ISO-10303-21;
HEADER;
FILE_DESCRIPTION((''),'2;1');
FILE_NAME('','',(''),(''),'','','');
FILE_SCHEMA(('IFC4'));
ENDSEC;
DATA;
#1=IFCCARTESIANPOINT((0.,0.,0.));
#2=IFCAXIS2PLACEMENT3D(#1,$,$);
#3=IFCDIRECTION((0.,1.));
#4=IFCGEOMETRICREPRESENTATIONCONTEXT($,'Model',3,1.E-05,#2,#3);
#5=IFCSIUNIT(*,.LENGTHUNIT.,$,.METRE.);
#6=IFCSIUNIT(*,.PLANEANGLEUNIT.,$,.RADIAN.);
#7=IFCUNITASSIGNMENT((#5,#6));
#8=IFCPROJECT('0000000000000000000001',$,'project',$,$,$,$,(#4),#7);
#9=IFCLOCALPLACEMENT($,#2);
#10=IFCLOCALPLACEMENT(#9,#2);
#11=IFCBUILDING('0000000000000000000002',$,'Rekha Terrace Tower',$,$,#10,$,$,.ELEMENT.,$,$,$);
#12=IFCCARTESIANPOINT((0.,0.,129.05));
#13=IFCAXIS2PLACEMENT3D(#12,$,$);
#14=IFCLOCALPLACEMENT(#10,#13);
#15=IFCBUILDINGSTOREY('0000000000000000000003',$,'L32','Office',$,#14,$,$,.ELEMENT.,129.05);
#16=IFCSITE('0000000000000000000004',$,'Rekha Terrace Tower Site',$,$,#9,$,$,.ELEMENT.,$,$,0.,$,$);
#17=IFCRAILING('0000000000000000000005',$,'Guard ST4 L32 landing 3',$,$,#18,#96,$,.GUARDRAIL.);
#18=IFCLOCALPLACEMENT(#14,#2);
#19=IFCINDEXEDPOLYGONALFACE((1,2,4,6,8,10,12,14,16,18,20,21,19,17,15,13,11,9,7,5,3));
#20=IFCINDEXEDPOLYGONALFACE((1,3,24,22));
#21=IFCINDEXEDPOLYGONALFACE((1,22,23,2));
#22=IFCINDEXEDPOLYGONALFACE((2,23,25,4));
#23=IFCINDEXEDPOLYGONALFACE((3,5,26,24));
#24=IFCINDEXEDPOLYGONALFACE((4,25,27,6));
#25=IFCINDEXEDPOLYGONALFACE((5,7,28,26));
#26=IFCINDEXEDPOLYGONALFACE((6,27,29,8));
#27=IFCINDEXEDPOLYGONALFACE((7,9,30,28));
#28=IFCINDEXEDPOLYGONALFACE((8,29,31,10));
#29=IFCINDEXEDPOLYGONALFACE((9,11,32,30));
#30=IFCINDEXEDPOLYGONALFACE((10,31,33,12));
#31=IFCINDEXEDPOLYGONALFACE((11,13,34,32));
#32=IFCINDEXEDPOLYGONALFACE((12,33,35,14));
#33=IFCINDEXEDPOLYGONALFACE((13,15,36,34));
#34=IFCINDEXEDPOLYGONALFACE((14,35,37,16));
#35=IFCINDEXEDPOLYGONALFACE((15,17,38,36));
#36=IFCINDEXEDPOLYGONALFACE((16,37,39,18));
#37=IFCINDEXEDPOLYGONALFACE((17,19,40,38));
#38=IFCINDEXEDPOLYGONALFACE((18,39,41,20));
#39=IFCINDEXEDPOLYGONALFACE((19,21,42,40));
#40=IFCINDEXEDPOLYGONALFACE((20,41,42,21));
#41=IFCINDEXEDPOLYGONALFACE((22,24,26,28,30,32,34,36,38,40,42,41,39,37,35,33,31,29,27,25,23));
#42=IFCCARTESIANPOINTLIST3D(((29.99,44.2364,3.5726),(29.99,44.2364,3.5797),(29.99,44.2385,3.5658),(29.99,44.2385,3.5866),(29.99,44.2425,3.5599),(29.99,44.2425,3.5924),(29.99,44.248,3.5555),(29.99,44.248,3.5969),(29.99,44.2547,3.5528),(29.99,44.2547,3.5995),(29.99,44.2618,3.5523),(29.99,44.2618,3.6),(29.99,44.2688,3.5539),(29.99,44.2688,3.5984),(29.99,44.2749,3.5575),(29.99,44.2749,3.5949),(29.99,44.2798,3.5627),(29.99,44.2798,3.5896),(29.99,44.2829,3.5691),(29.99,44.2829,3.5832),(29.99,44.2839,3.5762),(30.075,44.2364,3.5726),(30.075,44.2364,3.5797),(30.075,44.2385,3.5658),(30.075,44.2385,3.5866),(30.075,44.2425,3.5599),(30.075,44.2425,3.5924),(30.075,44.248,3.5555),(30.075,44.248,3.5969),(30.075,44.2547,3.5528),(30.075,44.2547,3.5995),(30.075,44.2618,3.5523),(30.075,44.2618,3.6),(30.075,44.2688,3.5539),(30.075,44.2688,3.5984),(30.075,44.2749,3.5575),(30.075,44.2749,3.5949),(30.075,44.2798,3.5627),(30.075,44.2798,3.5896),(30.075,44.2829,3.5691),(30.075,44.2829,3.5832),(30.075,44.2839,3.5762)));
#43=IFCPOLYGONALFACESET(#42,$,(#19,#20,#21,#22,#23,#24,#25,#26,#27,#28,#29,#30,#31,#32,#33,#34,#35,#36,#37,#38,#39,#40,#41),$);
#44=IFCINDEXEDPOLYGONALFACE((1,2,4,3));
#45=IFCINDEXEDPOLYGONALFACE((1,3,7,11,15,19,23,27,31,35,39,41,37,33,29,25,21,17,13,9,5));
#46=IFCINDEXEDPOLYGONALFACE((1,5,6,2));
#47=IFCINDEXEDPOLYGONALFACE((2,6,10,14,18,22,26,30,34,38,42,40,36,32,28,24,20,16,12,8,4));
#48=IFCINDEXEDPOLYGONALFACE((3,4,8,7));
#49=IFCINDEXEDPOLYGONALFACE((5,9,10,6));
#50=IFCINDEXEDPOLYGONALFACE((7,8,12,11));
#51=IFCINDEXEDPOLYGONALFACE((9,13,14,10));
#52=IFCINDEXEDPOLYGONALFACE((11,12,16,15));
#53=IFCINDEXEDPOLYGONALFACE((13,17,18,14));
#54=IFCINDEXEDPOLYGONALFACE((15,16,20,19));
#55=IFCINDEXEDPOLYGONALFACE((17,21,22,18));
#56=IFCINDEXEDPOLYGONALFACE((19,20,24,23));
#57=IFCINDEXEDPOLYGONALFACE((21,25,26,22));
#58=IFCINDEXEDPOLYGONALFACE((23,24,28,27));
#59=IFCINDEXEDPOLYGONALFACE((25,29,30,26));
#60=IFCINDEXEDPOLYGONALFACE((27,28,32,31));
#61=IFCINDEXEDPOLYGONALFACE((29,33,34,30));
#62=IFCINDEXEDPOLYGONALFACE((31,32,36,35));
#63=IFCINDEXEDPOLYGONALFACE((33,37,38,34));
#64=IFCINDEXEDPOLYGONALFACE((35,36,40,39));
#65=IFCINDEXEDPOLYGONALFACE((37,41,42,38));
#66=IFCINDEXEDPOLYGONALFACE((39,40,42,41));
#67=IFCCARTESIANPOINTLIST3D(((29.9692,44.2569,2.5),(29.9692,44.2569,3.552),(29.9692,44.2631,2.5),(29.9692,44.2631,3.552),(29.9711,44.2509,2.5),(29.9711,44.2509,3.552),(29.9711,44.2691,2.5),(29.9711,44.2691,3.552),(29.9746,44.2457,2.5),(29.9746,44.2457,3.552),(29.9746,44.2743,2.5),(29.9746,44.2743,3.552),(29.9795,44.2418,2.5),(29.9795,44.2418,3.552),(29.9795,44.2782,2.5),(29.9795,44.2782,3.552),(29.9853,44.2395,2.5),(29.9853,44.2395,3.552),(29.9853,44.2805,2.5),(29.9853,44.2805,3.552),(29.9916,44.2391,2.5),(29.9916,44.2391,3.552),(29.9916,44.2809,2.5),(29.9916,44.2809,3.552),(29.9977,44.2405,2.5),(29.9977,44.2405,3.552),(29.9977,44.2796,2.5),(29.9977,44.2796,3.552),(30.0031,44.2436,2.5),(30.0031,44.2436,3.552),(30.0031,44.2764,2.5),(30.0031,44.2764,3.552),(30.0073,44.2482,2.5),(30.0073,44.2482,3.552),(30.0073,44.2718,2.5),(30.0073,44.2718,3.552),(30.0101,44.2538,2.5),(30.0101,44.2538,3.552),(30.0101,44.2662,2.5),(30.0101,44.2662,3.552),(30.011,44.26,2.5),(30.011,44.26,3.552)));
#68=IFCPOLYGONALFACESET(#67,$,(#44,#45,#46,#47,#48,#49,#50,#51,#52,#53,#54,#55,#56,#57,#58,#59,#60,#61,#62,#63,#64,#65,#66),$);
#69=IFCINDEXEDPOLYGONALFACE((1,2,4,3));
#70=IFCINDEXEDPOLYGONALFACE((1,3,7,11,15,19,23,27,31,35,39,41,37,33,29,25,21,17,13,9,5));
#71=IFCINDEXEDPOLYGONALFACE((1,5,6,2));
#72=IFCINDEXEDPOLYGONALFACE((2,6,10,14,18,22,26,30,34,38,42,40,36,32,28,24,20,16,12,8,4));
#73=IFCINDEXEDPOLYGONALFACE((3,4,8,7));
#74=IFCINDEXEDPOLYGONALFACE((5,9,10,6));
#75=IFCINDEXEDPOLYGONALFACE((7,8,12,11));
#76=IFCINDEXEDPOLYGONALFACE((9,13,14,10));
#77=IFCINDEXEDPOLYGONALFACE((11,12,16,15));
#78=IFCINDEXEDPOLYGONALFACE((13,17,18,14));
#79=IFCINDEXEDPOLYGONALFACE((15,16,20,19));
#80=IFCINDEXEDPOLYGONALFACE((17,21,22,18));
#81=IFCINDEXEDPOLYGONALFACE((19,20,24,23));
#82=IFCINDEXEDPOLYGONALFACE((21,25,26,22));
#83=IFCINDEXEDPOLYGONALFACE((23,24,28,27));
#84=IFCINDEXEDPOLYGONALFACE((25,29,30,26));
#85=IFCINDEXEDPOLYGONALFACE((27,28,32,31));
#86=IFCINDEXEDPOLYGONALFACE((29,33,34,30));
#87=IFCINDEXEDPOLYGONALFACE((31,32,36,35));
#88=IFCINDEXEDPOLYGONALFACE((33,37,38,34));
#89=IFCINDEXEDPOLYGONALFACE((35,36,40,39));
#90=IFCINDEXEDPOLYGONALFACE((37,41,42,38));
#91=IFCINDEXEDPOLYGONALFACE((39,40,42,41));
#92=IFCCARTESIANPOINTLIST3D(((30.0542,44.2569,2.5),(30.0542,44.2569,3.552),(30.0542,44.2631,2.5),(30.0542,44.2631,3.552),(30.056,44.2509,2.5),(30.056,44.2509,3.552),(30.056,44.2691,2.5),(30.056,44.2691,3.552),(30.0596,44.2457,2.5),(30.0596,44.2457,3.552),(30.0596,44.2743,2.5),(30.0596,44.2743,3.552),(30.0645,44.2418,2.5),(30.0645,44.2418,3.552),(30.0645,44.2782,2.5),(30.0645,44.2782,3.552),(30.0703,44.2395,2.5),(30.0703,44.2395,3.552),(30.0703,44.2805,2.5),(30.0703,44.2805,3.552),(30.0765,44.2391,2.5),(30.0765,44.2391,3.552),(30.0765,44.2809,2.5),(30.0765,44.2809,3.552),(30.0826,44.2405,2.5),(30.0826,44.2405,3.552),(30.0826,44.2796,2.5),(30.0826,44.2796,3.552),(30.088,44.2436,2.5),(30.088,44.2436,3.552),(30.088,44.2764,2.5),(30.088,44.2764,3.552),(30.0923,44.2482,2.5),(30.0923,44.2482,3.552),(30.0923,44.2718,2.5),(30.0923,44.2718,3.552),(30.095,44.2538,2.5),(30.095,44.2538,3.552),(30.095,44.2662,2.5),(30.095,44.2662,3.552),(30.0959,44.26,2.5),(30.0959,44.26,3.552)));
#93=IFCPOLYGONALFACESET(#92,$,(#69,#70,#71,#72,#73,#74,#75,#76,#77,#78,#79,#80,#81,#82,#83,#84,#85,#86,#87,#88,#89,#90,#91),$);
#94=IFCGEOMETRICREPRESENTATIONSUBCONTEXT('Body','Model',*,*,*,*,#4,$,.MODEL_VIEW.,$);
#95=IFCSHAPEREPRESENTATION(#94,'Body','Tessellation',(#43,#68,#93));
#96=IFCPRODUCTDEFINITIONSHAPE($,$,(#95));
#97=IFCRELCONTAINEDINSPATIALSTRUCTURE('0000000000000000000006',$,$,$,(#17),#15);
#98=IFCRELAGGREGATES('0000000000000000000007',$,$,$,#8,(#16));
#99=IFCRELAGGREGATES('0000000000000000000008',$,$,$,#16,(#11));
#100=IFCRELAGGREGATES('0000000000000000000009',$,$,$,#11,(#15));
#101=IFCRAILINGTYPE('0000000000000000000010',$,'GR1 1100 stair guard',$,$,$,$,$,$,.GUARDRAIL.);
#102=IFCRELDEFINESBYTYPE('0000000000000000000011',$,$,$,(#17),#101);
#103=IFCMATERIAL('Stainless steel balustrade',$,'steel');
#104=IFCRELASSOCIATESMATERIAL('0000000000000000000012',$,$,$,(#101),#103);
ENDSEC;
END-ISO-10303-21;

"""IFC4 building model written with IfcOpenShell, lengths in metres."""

from ifc_helpers import new_model, si_unit, direction, frame, origin, origin_2d, place, context, subcontext, project, spatial, circle, extrude, material, type_object, element, save


model = new_model("IFC4")

# Units and contexts
model_context = context("Model", 3, precision=1e-05, world=origin(), true_north=direction((0.0, 1.0)))
body_context = subcontext(model_context, "Body", "Model", "MODEL_VIEW")
ifc_project = project(units=[si_unit("LENGTHUNIT", "METRE"), si_unit("PLANEANGLEUNIT", "RADIAN")], contexts=[model_context])

# Site, building, storey
site_placement = place(None, origin())
site = spatial("IfcSite", under=ifc_project, at=site_placement, Name="Rekha Terrace Tower Site", CompositionType="ELEMENT", RefElevation=0.0)
building_placement = place(site_placement, origin())
building = spatial("IfcBuilding", under=site, at=building_placement, Name="Rekha Terrace Tower", CompositionType="ELEMENT")
storey_placement = place(building_placement, frame((0.0, 0.0, 129.05)))
storey = spatial("IfcBuildingStorey", under=building, at=storey_placement, Name="L32", Description="Office", CompositionType="ELEMENT", Elevation=129.05)

# Railing
ifc_material_1 = material(Name="Stainless steel balustrade", Category="steel")
railing_type_1 = type_object("IfcRailingType", Name="GR1 1100 stair guard", PredefinedType="GUARDRAIL", material=ifc_material_1)
railing_1_placement = place(storey_placement, frame((29.99, 44.26, 2.5)))
element("IfcRailing", 1, at=railing_1_placement, inside=storey, type_object=railing_type_1, Name="Guard ST4 L32 landing 3", PredefinedType="GUARDRAIL", context=body_context, shape_type="SweptSolid", body=[
    extrude(circle(Radius=0.0239, at=origin_2d()), frame((0.0, 0.0, 1.0762), z_axis=(1.0, 0.0, 0.0), x_axis=(0.0, 1.0, 0.0)), (0.0, 0.0, 1.0), 0.085),
    extrude(circle(Radius=0.021, at=origin_2d()), origin(), (0.0, 0.0, 1.0), 1.052),
    extrude(circle(Radius=0.021, at=origin_2d()), frame((0.085, 0.0, 0.0)), (0.0, 0.0, 1.0), 1.052),
])

save(model, "model.ifc")
